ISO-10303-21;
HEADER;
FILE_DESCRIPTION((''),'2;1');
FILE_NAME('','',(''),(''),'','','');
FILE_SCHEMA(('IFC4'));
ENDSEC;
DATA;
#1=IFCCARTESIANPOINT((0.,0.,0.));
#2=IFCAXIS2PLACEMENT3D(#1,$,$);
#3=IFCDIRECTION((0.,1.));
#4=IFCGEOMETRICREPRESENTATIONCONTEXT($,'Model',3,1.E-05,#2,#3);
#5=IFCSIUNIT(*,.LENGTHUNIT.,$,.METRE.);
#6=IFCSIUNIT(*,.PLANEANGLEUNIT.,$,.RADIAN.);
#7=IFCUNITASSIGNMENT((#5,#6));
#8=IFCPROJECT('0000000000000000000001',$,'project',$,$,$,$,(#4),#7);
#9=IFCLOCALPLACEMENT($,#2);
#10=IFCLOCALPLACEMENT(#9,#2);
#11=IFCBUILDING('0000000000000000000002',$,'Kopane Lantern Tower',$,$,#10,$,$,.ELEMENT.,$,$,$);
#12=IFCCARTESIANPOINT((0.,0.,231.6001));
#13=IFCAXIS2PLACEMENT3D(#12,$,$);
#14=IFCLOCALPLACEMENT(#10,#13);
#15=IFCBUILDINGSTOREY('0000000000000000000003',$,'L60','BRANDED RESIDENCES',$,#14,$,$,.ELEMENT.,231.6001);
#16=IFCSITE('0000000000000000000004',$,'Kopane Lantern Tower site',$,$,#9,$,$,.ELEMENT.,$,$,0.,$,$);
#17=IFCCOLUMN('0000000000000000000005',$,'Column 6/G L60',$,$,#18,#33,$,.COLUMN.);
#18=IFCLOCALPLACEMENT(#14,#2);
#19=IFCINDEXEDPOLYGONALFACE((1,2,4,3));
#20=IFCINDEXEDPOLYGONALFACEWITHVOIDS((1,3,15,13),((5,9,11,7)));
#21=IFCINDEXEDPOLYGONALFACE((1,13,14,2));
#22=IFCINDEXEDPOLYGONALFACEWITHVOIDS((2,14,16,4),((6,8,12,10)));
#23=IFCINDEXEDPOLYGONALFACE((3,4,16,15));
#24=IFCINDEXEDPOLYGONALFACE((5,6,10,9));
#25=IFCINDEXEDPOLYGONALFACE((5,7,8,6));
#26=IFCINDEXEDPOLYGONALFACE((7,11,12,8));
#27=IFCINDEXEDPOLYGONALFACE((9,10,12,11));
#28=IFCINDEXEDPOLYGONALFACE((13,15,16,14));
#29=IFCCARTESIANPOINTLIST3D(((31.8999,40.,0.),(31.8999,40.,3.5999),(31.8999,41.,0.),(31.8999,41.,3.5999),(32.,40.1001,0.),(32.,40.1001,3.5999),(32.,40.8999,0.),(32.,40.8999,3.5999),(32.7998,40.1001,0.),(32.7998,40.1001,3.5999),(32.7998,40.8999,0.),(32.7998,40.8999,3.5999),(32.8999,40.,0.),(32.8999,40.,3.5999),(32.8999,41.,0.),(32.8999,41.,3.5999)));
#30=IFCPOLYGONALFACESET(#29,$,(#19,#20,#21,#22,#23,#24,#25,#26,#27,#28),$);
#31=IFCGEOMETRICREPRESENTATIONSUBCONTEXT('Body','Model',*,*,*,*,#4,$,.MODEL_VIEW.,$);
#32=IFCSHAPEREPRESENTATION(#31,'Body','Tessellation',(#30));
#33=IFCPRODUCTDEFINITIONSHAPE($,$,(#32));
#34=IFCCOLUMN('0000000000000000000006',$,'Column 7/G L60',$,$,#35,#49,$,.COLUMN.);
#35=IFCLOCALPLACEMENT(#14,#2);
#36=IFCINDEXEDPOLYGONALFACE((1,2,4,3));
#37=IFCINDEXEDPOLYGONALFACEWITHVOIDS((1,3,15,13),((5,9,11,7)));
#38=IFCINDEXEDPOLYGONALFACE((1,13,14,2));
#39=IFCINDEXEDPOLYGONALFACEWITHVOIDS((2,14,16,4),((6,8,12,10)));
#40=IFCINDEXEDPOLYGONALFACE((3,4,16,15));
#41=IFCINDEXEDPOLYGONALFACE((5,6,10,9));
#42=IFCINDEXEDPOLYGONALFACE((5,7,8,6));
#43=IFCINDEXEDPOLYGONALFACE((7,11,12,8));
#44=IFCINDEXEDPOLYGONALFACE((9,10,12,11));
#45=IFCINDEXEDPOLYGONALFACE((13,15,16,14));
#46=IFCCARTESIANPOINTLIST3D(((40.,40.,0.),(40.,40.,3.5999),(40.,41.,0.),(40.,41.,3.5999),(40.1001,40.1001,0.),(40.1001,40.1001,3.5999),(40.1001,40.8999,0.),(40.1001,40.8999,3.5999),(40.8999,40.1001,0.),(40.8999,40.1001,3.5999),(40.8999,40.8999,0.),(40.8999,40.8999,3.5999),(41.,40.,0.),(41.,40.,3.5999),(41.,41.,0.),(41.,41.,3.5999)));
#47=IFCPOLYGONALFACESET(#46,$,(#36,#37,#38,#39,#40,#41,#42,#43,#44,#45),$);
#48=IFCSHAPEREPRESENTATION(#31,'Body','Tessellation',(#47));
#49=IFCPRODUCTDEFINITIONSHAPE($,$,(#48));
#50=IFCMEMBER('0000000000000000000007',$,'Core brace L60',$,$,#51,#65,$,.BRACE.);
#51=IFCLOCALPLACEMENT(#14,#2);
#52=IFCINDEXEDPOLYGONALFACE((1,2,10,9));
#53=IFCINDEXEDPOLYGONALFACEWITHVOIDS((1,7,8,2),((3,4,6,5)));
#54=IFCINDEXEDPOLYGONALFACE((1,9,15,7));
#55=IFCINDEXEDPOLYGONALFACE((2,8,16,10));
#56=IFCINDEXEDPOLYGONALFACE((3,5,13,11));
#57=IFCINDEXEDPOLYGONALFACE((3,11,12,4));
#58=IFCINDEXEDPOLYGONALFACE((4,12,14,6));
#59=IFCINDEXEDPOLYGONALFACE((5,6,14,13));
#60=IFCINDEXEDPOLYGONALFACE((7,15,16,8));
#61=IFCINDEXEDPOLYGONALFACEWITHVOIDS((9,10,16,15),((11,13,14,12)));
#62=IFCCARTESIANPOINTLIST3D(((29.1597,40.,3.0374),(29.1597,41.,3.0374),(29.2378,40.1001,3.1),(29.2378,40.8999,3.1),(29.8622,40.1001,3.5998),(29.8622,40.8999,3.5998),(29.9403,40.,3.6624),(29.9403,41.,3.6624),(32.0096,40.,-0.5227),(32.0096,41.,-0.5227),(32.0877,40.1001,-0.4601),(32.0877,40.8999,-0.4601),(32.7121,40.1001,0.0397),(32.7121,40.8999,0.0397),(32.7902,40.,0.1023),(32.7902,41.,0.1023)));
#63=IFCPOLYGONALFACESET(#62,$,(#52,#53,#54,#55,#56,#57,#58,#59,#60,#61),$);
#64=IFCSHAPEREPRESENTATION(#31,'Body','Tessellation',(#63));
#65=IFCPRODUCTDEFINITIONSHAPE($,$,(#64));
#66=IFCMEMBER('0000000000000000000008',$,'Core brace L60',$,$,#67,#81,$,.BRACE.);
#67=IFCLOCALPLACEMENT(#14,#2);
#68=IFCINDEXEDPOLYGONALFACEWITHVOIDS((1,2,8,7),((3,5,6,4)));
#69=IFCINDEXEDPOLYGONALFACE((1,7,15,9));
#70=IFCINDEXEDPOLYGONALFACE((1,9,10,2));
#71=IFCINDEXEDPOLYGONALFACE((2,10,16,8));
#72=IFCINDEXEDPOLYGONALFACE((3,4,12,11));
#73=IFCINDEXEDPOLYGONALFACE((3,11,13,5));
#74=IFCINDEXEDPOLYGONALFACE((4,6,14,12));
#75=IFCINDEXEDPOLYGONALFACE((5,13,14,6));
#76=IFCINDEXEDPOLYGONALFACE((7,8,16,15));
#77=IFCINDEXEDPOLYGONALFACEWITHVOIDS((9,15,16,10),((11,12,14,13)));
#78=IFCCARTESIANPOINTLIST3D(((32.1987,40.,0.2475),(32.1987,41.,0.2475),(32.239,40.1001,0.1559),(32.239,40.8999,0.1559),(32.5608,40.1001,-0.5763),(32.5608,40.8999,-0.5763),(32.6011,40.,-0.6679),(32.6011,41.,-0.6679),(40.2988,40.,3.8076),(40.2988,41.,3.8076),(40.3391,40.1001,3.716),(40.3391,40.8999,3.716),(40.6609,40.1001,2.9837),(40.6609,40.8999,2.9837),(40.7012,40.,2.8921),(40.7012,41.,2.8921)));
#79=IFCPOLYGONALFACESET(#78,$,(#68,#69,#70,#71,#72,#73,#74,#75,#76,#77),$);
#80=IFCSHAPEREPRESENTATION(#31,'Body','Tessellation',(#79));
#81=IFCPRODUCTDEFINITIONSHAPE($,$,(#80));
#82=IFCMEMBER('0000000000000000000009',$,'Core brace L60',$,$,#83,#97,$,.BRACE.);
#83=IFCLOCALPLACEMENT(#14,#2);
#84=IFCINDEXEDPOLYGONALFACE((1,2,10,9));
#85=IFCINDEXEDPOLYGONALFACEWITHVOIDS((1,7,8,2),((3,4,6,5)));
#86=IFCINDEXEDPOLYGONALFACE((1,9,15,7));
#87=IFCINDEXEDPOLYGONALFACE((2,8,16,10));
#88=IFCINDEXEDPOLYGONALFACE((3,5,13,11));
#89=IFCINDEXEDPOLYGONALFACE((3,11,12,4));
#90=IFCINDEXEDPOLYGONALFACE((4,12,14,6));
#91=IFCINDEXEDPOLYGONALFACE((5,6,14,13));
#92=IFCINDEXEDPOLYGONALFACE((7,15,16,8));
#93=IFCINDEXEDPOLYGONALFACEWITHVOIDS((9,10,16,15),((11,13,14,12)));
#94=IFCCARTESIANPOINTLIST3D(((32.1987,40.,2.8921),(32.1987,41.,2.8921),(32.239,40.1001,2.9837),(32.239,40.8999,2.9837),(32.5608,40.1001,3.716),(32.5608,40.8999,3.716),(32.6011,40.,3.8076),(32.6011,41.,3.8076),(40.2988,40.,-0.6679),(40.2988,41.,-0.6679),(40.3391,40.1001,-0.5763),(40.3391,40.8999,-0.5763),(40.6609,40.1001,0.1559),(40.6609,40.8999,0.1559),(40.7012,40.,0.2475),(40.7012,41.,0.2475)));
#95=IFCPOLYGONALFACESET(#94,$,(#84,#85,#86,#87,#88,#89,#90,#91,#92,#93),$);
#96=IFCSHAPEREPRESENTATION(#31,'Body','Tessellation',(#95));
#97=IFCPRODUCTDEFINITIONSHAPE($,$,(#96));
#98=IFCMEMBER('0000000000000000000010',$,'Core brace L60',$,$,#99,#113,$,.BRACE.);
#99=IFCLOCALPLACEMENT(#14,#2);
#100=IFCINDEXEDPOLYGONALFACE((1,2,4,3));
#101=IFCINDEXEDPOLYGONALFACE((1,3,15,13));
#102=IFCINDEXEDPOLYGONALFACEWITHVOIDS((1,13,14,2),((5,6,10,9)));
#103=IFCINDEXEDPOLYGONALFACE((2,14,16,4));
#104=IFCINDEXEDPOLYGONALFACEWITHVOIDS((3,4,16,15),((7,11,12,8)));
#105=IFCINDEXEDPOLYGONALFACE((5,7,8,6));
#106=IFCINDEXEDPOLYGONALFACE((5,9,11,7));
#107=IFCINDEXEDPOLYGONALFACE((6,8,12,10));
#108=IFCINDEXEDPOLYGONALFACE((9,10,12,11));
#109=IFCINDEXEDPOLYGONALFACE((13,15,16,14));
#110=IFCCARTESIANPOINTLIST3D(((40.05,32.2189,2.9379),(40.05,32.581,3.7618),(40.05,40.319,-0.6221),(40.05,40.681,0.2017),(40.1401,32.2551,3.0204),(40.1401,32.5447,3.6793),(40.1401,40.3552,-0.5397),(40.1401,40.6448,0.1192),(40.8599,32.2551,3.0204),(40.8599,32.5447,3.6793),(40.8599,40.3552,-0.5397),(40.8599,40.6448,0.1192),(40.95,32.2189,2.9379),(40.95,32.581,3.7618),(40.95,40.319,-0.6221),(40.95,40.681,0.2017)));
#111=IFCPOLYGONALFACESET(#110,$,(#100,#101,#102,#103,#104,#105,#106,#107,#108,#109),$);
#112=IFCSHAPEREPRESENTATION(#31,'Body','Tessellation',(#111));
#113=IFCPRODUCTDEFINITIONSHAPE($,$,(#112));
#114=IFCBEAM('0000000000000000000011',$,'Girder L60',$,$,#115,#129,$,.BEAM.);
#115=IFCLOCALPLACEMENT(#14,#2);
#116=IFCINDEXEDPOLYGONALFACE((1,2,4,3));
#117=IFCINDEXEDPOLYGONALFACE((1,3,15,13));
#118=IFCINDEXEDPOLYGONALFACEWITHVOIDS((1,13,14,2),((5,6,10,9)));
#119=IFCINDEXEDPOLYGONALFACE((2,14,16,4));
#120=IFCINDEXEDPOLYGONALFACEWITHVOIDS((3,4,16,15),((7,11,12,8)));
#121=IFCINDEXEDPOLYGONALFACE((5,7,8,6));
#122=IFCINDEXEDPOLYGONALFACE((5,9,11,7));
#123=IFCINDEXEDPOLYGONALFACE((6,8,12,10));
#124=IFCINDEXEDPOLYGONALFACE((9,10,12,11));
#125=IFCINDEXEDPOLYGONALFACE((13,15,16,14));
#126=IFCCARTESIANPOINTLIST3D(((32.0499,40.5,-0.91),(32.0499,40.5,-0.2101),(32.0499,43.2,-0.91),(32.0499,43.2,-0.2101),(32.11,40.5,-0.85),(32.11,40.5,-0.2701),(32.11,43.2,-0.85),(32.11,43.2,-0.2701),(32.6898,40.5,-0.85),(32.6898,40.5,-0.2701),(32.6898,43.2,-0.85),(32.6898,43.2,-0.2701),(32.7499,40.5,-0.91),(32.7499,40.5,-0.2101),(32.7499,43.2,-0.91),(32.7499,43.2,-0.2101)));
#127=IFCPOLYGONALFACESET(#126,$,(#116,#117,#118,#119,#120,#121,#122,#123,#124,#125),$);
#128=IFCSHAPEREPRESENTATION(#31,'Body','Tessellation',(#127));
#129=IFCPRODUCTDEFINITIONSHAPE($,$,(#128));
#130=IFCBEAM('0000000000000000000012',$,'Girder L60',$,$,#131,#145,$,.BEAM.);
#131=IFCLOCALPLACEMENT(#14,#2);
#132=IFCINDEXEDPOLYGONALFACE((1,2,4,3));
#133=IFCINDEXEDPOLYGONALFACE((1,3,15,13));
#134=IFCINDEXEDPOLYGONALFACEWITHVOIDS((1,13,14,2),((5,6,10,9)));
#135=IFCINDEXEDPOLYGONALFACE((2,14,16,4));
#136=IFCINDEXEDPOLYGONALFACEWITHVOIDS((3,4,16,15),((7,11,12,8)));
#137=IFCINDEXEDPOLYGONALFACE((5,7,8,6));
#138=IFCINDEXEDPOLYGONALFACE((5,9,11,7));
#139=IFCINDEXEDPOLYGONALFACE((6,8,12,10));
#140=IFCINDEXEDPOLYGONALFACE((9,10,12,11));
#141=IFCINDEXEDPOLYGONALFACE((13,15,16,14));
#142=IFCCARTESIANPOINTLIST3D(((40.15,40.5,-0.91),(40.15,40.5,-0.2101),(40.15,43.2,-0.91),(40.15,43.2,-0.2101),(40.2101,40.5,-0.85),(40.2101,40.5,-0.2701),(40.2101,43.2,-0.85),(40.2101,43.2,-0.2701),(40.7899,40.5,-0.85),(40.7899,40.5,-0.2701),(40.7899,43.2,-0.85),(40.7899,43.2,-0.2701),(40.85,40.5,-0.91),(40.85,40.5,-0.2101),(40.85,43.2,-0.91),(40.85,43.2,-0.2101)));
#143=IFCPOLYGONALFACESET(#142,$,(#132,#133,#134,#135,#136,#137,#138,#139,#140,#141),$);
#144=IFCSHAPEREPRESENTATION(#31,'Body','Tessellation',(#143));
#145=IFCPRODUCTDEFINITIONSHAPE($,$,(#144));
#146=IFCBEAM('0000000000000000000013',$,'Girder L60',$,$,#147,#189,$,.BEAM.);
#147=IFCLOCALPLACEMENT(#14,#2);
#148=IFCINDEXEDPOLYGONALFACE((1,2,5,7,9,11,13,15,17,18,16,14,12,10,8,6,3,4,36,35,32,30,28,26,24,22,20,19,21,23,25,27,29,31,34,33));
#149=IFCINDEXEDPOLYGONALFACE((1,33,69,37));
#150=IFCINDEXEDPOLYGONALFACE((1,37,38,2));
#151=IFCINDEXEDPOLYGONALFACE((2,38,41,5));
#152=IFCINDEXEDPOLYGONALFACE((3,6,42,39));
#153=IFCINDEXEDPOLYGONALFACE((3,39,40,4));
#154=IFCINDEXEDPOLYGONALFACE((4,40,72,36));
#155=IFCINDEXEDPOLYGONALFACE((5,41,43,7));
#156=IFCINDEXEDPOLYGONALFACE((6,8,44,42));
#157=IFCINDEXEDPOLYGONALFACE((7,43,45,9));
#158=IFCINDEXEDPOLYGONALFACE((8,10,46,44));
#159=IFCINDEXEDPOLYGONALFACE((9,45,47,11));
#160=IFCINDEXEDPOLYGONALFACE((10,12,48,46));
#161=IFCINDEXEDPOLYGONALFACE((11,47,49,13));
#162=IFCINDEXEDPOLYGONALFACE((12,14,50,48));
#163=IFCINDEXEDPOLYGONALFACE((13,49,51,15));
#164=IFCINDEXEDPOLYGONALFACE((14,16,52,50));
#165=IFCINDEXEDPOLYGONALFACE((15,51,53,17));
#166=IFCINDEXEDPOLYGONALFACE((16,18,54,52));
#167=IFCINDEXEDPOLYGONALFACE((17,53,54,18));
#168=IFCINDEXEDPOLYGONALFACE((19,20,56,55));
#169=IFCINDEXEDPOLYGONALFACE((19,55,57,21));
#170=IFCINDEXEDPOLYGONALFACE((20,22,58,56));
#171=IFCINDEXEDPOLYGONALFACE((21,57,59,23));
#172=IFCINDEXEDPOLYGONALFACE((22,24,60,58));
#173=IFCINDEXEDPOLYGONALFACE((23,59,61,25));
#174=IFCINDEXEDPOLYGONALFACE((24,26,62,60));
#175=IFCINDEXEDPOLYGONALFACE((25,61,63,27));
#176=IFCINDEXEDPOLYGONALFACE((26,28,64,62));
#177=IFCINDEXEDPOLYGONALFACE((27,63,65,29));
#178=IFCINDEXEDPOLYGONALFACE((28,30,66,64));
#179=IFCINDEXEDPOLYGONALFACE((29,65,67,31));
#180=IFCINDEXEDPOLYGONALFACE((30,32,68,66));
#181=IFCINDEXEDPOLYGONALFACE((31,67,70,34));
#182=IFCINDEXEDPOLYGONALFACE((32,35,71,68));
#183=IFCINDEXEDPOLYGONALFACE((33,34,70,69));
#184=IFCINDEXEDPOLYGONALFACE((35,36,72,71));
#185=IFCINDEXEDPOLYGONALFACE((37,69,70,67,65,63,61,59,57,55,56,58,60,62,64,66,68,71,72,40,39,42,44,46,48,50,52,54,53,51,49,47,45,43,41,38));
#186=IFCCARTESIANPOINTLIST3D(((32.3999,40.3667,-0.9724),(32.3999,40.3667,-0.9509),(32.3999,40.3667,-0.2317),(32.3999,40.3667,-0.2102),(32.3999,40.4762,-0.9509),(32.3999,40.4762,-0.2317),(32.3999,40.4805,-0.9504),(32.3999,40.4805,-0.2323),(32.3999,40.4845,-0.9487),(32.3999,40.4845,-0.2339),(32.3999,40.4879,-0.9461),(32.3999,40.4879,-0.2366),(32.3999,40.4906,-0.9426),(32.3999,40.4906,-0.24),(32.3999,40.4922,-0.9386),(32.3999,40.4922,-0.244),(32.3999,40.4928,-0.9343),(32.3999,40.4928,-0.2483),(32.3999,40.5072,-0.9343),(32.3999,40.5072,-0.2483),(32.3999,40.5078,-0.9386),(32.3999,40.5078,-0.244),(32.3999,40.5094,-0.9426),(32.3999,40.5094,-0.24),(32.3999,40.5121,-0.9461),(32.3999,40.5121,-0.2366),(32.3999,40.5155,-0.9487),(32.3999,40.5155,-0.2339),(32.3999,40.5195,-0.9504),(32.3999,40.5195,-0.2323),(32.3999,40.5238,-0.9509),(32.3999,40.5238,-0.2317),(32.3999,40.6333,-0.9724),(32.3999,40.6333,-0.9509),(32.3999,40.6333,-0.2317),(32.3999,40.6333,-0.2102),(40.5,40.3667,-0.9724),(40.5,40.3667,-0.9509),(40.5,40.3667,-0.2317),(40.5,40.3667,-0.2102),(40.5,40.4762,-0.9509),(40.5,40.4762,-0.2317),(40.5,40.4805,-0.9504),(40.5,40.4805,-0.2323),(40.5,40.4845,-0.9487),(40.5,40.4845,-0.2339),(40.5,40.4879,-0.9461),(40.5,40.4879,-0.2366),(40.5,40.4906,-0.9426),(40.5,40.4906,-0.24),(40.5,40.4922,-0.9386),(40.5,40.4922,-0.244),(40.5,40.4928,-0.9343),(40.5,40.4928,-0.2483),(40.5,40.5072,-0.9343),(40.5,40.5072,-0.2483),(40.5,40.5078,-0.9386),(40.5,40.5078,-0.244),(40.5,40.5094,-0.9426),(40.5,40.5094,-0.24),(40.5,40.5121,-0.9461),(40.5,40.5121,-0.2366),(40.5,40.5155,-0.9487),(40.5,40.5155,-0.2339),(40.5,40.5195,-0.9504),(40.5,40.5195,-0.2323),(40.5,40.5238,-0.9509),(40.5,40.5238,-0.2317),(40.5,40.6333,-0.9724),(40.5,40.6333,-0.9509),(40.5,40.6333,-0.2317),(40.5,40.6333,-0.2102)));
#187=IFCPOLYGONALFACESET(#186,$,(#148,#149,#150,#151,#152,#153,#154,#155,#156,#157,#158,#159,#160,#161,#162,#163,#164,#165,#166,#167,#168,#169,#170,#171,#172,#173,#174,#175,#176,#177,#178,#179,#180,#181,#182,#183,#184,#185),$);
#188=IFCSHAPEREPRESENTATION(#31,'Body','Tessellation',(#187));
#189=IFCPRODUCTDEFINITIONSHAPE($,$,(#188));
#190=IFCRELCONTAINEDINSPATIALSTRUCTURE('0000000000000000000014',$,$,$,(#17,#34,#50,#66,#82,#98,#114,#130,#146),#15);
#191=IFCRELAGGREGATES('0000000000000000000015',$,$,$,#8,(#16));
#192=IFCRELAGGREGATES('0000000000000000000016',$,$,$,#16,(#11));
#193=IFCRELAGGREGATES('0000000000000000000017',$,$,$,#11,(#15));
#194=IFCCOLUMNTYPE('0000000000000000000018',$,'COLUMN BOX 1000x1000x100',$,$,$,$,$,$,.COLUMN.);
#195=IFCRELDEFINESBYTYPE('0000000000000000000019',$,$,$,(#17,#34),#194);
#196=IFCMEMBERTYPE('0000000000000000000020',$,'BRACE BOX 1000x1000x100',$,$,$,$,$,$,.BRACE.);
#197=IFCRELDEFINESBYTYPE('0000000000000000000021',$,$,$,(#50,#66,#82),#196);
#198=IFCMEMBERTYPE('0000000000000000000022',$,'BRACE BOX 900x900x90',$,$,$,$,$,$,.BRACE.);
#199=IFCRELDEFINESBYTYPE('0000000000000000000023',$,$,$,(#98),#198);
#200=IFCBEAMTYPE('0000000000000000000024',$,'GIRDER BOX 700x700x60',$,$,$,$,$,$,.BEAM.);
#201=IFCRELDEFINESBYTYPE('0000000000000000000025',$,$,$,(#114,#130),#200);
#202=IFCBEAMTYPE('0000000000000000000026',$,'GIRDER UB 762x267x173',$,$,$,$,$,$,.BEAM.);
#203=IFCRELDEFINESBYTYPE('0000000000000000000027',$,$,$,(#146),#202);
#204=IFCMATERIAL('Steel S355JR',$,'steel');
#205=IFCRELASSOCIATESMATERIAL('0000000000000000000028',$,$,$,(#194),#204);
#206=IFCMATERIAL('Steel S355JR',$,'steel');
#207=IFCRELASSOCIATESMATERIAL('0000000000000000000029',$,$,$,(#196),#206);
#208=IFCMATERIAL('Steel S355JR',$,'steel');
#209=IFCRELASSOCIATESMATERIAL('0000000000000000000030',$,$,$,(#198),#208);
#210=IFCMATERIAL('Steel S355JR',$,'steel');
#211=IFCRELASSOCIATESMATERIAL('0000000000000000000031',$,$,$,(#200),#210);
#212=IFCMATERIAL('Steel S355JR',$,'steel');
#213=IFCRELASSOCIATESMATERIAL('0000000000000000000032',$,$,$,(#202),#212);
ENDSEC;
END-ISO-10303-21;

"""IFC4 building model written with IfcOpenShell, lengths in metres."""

from ifc_helpers import new_model, si_unit, direction, frame, origin, origin_2d, place, context, subcontext, project, spatial, hollow_rectangle, i_section, extrude, material, material_profile, profile_set, type_object, element, save


model = new_model("IFC4")

# Units and contexts
model_context = context("Model", 3, precision=1e-05, world=origin(), true_north=direction((0.0, 1.0)))
body_context = subcontext(model_context, "Body", "Model", "MODEL_VIEW")
ifc_project = project(units=[si_unit("LENGTHUNIT", "METRE"), si_unit("PLANEANGLEUNIT", "RADIAN")], contexts=[model_context])

# Site, building, storey
site_placement = place(None, origin())
site = spatial("IfcSite", under=ifc_project, at=site_placement, Name="Kopane Lantern Tower site", CompositionType="ELEMENT", RefElevation=0.0)
building_placement = place(site_placement, origin())
building = spatial("IfcBuilding", under=site, at=building_placement, Name="Kopane Lantern Tower", CompositionType="ELEMENT")
storey_placement = place(building_placement, frame((0.0, 0.0, 231.6001)))
storey = spatial("IfcBuildingStorey", under=building, at=storey_placement, Name="L60", Description="BRANDED RESIDENCES", CompositionType="ELEMENT", Elevation=231.6001)

# Columns
ifc_material_1 = material(Name="Steel S355JR", Category="steel")
ifc_material_profile_1 = material_profile(ifc_material_1, hollow_rectangle(XDim=1.0, YDim=1.0, WallThickness=0.1001, at=origin_2d()), Name="BOX 1000x1000x100")
ifc_profile_set_1 = profile_set([ifc_material_profile_1], Name="Steel S355JR")
column_type = type_object("IfcColumnType", Name="COLUMN BOX 1000x1000x100", PredefinedType="COLUMN", material=ifc_profile_set_1)
for number, where, z_axis, x_axis, name in (
    (1, (32.3999, 40.5, 0.0), (0.0, 0.0, 1.0), (1.0, 0.0, 0.0), "Column 6/G L60"),
    (2, (40.5, 40.5, 0.0), (0.0, 0.0, 1.0), (1.0, 0.0, 0.0), "Column 7/G L60"),
):
    element("IfcColumn", number, at=place(storey_placement, frame(where, z_axis=z_axis, x_axis=x_axis)), inside=storey, type_object=column_type, Name=name, PredefinedType="COLUMN", context=body_context, shape_type="SweptSolid", body=[
        extrude(hollow_rectangle(XDim=1.0, YDim=1.0, WallThickness=0.1001, at=origin_2d()), origin(), (0.0, 0.0, 1.0), 3.5999),
    ])

# Members
ifc_material_2 = material(Name="Steel S355JR", Category="steel")
ifc_material_profile_2 = material_profile(ifc_material_2, hollow_rectangle(XDim=1.0, YDim=1.0, WallThickness=0.1001, at=origin_2d()), Name="BOX 1000x1000x100")
ifc_profile_set_2 = profile_set([ifc_material_profile_2], Name="Steel S355JR")
member_type_1 = type_object("IfcMemberType", Name="BRACE BOX 1000x1000x100", PredefinedType="BRACE", material=ifc_profile_set_2)
member_1_placement = place(storey_placement, frame((32.3999, 40.5, -0.2102), z_axis=(-0.624937, 0.0, 0.780676), x_axis=(0.0, -1.0, 0.0)))
element("IfcMember", 3, at=member_1_placement, inside=storey, type_object=member_type_1, Name="Core brace L60", PredefinedType="BRACE", context=body_context, shape_type="SweptSolid", body=[
    extrude(hollow_rectangle(XDim=1.0, YDim=1.0, WallThickness=0.1001, at=origin_2d()), origin(), (0.0, 0.0, 1.0), 4.5603),
])
for number, where, z_axis, x_axis, name in (
    (4, (32.3999, 40.5, -0.2102), (0.915481, 0.0, 0.402361), (0.0, 1.0, 0.0), "Core brace L60"),
    (5, (40.5, 40.5, -0.2102), (-0.915481, 0.0, 0.402361), (0.0, -1.0, 0.0), "Core brace L60"),
):
    element("IfcMember", number, at=place(storey_placement, frame(where, z_axis=z_axis, x_axis=x_axis)), inside=storey, type_object=member_type_1, Name=name, PredefinedType="BRACE", context=body_context, shape_type="SweptSolid", body=[
        extrude(hollow_rectangle(XDim=1.0, YDim=1.0, WallThickness=0.1001, at=origin_2d()), origin(), (0.0, 0.0, 1.0), 8.8479),
    ])
ifc_material_3 = material(Name="Steel S355JR", Category="steel")
ifc_material_profile_3 = material_profile(ifc_material_3, hollow_rectangle(XDim=0.8999, YDim=0.8999, WallThickness=0.0901, at=origin_2d()), Name="BOX 900x900x90")
ifc_profile_set_3 = profile_set([ifc_material_profile_3], Name="Steel S355JR")
member_type_2 = type_object("IfcMemberType", Name="BRACE BOX 900x900x90", PredefinedType="BRACE", material=ifc_profile_set_3)
member_2_placement = place(storey_placement, frame((40.5, 40.5, -0.2102), z_axis=(0.0, -0.915481, 0.402361), x_axis=(1.0, 0.0, 0.0)))
element("IfcMember", 6, at=member_2_placement, inside=storey, type_object=member_type_2, Name="Core brace L60", PredefinedType="BRACE", context=body_context, shape_type="SweptSolid", body=[
    extrude(hollow_rectangle(XDim=0.8999, YDim=0.8999, WallThickness=0.0901, at=origin_2d()), origin(), (0.0, 0.0, 1.0), 8.8479),
])

# Beams
ifc_material_4 = material(Name="Steel S355JR", Category="steel")
ifc_material_profile_4 = material_profile(ifc_material_4, hollow_rectangle(XDim=0.7, YDim=0.7, WallThickness=0.0601, at=origin_2d()), Name="BOX 700x700x60")
ifc_profile_set_4 = profile_set([ifc_material_profile_4], Name="Steel S355JR")
beam_type_1 = type_object("IfcBeamType", Name="GIRDER BOX 700x700x60", PredefinedType="BEAM", material=ifc_profile_set_4)
for number, where, z_axis, x_axis, name in (
    (7, (32.3999, 40.5, -0.5601), (0.0, 1.0, 0.0), (-1.0, 0.0, 0.0), "Girder L60"),
    (8, (40.5, 40.5, -0.5601), (0.0, 1.0, 0.0), (-1.0, 0.0, 0.0), "Girder L60"),
):
    element("IfcBeam", number, at=place(storey_placement, frame(where, z_axis=z_axis, x_axis=x_axis)), inside=storey, type_object=beam_type_1, Name=name, PredefinedType="BEAM", context=body_context, shape_type="SweptSolid", body=[
        extrude(hollow_rectangle(XDim=0.7, YDim=0.7, WallThickness=0.0601, at=origin_2d()), origin(), (0.0, 0.0, 1.0), 2.7),
    ])
ifc_material_5 = material(Name="Steel S355JR", Category="steel")
ifc_material_profile_5 = material_profile(ifc_material_5, i_section(OverallWidth=0.2666, OverallDepth=0.7622, WebThickness=0.0144, FlangeThickness=0.0215, FilletRadius=0.0166, at=origin_2d()), Name="UB 762x267x173")
ifc_profile_set_5 = profile_set([ifc_material_profile_5], Name="Steel S355JR")
beam_type_2 = type_object("IfcBeamType", Name="GIRDER UB 762x267x173", PredefinedType="BEAM", material=ifc_profile_set_5)
for number, where, z_axis, x_axis, name in (
    (9, (32.3999, 40.5, -0.5913), (1.0, 0.0, 0.0), (0.0, 1.0, 0.0), "Girder L60"),
):
    element("IfcBeam", number, at=place(storey_placement, frame(where, z_axis=z_axis, x_axis=x_axis)), inside=storey, type_object=beam_type_2, Name=name, PredefinedType="BEAM", context=body_context, shape_type="SweptSolid", body=[
        extrude(i_section(OverallWidth=0.2666, OverallDepth=0.7622, WebThickness=0.0144, FlangeThickness=0.0215, FilletRadius=0.0166, at=origin_2d()), origin(), (0.0, 0.0, 1.0), 8.1001),
    ])

save(model, "model.ifc")
